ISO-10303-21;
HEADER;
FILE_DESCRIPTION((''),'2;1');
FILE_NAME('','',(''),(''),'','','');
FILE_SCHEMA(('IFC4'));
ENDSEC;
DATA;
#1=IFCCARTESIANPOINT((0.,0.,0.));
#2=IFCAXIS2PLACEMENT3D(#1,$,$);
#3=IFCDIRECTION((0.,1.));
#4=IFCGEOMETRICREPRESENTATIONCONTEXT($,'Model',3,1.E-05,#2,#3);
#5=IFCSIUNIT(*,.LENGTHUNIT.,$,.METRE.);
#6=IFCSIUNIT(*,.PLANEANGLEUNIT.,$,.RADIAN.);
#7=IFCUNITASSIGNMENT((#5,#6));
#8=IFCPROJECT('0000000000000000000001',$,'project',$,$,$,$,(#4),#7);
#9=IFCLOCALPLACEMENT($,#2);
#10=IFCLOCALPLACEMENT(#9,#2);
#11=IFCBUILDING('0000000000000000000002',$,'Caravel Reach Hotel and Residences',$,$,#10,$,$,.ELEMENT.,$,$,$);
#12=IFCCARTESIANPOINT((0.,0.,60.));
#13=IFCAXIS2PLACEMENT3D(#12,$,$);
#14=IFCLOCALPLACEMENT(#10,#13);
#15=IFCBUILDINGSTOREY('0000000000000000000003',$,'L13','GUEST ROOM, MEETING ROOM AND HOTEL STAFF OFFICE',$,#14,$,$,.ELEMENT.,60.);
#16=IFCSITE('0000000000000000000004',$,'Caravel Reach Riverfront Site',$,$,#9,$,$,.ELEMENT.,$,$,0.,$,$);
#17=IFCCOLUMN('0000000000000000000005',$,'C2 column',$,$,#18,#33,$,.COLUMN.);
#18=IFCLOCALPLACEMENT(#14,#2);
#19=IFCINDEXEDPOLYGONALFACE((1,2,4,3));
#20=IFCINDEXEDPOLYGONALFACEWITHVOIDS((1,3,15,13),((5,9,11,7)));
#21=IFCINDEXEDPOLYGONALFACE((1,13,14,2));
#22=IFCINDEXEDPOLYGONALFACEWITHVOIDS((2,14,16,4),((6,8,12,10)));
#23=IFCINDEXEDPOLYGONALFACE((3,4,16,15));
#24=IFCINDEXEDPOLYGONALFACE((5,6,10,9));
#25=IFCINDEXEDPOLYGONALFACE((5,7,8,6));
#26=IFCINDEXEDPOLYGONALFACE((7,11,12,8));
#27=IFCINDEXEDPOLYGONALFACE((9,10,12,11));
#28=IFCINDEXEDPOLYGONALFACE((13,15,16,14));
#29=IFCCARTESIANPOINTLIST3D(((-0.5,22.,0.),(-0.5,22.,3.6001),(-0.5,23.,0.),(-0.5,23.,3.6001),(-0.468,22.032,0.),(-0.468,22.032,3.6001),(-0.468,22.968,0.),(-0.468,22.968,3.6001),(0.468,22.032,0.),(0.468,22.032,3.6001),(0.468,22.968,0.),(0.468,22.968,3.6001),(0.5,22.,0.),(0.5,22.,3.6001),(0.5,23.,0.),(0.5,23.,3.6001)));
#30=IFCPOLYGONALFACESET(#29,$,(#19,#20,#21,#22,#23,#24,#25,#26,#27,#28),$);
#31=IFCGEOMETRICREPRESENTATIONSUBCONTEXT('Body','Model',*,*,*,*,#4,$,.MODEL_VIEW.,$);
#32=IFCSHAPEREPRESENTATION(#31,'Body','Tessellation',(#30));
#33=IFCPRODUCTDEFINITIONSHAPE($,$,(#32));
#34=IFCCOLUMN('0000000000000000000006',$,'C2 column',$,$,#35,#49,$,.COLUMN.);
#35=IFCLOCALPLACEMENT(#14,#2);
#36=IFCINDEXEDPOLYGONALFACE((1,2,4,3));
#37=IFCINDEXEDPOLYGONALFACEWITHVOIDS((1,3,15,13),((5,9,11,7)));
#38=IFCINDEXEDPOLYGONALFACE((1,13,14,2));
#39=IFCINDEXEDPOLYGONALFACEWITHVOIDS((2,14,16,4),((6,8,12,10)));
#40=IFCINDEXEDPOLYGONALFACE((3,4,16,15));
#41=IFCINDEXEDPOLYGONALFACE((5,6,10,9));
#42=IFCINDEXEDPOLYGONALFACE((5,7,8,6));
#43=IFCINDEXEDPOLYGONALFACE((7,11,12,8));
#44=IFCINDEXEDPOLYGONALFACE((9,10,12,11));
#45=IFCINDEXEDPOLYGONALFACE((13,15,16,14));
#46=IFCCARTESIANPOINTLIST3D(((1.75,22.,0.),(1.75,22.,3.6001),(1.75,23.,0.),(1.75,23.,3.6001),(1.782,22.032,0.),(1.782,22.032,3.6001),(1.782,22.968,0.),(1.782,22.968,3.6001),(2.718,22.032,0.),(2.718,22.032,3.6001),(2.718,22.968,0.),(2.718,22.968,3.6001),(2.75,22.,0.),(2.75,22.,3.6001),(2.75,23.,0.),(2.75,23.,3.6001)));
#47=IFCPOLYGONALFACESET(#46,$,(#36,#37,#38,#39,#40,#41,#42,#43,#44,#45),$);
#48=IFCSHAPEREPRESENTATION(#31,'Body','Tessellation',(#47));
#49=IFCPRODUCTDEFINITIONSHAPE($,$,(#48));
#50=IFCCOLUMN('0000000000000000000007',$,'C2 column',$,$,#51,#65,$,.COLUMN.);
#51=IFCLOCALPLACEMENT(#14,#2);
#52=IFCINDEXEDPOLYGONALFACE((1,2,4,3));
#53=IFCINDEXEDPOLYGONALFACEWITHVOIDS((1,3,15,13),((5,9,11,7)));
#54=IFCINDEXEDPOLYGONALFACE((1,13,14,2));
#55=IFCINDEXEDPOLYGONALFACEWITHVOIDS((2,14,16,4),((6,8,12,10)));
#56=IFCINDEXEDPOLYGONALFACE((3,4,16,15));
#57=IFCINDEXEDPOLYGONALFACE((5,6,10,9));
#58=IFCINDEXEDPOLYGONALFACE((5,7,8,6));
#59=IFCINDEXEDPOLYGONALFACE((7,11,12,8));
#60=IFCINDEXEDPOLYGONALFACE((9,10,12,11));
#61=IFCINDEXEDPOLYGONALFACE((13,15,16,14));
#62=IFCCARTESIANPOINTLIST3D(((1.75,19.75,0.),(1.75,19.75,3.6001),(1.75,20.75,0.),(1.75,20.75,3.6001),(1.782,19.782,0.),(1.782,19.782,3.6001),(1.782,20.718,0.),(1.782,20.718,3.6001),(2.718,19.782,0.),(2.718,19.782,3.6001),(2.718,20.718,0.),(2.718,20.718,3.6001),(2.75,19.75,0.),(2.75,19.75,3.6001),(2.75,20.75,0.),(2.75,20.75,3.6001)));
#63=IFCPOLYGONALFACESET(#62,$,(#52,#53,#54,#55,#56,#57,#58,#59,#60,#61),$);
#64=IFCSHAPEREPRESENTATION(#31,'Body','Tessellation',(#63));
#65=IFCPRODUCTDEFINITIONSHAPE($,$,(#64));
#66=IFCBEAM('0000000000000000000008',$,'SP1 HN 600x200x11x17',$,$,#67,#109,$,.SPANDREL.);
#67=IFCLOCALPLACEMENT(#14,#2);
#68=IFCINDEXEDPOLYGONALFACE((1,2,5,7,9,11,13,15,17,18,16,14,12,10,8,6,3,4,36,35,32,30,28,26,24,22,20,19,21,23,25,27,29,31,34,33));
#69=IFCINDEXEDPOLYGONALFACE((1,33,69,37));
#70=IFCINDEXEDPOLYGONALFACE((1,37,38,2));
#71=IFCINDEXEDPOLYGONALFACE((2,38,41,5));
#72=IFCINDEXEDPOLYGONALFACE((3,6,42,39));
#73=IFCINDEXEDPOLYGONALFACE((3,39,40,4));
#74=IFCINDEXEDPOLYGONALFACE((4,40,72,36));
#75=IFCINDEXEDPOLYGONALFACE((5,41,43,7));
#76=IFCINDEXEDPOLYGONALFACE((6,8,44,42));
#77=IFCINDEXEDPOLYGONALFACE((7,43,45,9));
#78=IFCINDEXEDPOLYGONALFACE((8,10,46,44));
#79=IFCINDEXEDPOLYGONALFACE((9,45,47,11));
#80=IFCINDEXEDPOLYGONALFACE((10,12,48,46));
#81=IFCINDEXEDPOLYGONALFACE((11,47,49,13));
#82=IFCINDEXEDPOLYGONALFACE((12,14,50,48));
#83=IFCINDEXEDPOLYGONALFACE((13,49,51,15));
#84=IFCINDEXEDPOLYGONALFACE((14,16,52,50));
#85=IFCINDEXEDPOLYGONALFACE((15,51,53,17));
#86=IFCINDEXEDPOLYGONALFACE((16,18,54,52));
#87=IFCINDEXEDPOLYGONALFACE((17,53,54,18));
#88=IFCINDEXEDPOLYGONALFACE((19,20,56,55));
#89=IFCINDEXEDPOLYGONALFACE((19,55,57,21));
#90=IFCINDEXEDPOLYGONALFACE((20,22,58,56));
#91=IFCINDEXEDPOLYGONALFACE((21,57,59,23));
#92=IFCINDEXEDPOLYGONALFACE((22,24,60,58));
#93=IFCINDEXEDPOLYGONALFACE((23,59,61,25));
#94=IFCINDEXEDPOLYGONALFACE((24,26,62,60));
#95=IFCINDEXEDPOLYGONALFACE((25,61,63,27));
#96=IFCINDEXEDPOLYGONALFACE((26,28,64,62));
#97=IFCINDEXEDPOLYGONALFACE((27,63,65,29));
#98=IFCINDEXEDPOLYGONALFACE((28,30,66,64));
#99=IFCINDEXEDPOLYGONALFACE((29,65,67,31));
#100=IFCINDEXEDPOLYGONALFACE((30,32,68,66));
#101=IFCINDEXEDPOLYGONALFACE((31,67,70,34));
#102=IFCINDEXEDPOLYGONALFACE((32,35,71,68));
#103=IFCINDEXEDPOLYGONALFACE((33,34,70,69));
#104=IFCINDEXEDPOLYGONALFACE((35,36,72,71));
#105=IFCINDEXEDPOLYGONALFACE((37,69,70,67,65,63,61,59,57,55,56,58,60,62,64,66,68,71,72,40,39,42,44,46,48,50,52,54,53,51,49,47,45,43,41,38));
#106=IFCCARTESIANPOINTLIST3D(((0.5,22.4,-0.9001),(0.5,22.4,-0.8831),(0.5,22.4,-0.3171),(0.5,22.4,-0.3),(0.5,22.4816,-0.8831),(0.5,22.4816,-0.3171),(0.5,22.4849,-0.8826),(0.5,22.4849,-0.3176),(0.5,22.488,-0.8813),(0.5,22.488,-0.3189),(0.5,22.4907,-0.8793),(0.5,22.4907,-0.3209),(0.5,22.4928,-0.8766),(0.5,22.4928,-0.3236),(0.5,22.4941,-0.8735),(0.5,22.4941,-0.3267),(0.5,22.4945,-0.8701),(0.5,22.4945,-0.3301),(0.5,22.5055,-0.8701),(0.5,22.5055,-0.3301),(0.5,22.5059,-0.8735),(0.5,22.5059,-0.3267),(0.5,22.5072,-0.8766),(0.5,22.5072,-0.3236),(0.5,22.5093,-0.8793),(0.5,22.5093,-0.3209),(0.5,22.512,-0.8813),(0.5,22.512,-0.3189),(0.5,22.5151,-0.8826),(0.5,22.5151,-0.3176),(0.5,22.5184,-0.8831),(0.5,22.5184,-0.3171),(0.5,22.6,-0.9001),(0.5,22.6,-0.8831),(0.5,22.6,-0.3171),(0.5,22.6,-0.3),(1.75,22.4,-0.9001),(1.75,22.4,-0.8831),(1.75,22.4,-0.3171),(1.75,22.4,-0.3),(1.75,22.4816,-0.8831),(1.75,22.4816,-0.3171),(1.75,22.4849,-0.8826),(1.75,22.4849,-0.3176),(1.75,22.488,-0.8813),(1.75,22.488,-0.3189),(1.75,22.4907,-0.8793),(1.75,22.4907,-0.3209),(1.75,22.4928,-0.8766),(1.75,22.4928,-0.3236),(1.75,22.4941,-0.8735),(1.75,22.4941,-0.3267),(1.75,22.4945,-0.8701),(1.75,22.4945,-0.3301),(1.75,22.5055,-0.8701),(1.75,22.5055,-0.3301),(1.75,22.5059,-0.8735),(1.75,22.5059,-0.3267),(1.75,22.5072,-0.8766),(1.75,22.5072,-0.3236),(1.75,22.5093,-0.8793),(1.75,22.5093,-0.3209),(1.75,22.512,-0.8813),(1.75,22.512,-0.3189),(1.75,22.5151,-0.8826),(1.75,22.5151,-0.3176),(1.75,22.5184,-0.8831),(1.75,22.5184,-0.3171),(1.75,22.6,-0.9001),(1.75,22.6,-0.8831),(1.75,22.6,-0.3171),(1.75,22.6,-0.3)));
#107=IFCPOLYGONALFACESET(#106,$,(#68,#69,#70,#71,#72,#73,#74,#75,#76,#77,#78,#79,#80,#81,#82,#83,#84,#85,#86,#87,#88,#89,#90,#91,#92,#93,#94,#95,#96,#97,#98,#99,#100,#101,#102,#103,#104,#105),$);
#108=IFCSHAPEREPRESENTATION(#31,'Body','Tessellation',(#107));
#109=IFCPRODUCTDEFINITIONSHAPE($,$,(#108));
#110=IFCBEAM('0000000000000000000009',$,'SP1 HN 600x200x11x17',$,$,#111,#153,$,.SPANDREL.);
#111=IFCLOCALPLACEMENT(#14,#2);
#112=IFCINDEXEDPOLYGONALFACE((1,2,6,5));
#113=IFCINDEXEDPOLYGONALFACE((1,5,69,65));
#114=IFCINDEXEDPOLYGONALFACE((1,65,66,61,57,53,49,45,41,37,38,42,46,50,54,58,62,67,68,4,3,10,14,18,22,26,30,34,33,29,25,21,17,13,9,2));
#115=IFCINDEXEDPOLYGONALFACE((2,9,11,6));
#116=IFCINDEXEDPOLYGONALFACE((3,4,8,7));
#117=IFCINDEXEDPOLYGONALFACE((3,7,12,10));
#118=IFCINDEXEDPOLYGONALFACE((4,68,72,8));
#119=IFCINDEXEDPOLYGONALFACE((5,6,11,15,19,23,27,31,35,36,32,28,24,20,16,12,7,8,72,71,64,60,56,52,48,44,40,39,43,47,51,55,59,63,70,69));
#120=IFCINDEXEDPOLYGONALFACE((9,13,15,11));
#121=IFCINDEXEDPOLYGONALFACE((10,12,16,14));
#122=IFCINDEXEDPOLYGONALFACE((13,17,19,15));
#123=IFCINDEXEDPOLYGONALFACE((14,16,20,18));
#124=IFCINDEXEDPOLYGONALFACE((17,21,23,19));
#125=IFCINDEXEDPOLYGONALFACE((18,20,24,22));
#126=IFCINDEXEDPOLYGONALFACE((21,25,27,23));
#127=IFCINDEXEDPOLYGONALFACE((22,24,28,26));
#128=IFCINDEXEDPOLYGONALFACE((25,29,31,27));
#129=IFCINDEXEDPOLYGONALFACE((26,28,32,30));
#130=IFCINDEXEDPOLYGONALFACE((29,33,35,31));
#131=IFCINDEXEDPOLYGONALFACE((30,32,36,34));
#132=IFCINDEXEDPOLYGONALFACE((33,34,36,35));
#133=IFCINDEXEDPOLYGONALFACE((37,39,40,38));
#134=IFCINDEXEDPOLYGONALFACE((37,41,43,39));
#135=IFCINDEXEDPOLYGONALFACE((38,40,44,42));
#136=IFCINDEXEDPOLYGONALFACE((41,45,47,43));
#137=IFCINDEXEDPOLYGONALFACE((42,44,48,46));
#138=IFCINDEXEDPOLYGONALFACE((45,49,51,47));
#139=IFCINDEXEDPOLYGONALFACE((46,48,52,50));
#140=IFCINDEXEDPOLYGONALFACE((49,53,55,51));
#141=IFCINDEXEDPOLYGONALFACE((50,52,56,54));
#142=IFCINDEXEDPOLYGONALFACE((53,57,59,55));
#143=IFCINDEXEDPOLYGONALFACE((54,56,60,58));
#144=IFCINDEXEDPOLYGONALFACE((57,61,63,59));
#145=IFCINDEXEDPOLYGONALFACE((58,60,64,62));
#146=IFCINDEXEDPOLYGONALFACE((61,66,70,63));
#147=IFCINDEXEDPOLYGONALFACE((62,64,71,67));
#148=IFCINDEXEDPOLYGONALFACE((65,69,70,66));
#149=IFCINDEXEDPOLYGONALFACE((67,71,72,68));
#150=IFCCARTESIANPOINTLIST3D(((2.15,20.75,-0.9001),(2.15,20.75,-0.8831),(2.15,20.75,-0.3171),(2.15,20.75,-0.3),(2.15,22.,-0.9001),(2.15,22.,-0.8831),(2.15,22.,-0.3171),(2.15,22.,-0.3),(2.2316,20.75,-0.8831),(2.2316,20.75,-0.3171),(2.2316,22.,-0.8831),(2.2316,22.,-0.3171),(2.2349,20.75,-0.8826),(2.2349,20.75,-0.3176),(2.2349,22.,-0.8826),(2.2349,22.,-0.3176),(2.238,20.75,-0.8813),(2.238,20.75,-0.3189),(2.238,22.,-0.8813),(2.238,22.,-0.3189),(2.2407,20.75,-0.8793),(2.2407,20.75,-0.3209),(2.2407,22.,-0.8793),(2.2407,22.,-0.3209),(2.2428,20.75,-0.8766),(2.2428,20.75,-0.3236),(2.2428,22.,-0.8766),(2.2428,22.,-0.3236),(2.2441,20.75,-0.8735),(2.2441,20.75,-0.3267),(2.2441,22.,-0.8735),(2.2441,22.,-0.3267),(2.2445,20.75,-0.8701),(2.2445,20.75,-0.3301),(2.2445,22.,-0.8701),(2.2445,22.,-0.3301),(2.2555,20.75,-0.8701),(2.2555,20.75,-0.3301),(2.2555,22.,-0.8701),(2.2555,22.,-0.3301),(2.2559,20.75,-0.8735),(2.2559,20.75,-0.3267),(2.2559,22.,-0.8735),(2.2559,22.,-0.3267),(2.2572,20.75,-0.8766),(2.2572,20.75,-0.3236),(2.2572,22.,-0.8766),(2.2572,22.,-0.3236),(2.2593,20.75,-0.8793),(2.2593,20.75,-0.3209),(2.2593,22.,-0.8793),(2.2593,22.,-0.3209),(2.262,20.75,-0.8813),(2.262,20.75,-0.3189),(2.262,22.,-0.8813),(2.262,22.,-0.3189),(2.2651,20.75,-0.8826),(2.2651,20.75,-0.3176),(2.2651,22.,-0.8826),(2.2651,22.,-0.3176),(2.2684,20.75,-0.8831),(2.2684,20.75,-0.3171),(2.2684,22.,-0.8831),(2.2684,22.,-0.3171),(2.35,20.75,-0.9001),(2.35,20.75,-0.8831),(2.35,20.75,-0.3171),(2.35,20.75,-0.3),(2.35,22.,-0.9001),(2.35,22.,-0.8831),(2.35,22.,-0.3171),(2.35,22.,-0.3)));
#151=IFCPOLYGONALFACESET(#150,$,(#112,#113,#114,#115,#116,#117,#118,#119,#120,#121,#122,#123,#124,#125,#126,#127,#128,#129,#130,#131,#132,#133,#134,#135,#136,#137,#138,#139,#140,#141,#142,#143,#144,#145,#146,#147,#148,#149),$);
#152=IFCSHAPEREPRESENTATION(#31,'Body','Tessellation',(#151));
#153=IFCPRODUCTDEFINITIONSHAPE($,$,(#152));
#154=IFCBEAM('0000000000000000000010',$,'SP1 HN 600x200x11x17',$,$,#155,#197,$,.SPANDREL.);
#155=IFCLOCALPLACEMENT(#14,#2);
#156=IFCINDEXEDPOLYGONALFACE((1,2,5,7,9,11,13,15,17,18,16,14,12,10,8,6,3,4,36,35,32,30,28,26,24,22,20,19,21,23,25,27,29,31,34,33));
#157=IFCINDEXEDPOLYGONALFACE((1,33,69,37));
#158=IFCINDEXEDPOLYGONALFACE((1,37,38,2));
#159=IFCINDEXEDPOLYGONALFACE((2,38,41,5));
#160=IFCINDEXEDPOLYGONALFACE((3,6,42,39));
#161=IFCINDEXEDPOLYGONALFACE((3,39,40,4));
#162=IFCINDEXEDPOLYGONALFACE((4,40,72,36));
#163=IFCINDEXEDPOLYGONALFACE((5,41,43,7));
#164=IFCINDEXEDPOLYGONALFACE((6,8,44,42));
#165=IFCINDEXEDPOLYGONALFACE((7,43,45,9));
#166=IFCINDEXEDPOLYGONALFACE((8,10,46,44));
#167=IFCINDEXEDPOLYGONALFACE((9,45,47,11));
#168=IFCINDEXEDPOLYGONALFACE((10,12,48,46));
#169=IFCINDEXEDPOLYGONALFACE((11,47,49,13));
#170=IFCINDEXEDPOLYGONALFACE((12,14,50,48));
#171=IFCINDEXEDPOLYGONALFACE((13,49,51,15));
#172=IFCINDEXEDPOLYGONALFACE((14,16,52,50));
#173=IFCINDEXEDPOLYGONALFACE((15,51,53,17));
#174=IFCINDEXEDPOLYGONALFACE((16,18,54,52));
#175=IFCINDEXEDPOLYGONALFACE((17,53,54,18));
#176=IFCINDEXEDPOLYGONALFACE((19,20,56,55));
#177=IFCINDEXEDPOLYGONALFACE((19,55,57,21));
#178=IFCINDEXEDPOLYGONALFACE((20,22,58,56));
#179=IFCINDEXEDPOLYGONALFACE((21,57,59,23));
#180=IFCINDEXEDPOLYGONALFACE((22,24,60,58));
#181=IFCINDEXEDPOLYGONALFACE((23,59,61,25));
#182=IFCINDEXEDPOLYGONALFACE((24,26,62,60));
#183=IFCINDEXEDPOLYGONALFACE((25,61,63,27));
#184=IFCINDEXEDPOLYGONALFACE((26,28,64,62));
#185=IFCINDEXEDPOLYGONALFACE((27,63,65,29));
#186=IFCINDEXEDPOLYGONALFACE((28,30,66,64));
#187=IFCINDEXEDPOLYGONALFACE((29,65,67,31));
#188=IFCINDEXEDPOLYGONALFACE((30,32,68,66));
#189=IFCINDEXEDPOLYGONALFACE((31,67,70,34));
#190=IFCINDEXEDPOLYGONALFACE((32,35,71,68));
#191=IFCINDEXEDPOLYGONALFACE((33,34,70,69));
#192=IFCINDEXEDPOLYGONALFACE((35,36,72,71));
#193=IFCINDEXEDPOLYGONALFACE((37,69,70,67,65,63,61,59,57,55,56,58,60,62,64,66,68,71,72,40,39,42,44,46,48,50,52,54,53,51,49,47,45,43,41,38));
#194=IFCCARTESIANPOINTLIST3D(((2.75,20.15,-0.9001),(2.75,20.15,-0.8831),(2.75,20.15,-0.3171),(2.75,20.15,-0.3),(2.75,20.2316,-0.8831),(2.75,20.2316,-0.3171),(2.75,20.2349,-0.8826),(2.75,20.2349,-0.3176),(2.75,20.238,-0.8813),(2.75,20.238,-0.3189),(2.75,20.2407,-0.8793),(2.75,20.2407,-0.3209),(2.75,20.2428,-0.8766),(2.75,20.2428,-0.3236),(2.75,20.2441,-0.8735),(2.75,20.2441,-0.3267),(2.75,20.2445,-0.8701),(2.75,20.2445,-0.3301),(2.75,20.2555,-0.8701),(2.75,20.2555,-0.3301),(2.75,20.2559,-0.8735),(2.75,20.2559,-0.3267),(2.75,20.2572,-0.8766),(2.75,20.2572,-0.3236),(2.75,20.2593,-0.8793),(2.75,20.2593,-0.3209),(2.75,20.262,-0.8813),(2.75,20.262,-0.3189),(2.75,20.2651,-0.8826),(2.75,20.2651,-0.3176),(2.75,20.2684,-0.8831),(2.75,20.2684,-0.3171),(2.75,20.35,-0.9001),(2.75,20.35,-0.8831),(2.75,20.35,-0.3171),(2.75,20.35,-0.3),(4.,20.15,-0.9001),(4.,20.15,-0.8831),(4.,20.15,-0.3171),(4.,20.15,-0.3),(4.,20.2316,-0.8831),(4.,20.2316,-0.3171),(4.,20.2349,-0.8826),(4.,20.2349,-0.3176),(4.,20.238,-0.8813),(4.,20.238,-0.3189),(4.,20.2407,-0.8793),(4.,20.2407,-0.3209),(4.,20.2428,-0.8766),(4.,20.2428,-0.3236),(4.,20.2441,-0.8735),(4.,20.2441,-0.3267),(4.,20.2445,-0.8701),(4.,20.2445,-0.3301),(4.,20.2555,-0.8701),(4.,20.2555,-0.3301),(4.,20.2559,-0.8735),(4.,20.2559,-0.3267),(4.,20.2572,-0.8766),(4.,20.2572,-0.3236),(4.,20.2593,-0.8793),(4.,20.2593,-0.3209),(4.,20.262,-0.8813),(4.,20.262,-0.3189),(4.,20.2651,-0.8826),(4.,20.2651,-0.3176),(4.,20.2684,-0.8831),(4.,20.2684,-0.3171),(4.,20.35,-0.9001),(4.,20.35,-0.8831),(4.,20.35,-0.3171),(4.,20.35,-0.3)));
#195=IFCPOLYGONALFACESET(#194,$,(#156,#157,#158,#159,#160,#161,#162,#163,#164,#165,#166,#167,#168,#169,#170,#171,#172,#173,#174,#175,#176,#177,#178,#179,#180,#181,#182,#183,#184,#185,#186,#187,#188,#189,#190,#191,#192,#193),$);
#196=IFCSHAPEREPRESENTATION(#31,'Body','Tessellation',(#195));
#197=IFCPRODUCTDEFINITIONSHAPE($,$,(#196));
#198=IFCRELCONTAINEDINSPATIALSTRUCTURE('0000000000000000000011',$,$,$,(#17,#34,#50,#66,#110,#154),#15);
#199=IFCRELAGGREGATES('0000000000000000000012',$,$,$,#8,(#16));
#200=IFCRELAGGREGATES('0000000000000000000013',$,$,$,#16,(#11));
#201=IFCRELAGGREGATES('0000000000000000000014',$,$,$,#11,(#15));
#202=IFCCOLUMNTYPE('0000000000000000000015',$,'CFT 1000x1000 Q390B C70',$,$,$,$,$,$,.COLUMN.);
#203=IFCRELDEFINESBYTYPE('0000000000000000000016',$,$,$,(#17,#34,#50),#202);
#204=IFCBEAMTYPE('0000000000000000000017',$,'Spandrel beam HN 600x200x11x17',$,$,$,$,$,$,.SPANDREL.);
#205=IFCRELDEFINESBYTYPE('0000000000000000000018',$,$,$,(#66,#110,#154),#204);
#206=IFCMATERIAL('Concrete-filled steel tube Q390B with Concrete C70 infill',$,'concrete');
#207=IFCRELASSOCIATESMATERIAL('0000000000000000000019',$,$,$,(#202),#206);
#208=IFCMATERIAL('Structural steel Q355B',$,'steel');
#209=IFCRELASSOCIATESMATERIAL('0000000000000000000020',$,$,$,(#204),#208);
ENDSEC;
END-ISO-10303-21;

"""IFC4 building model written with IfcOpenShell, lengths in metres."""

from ifc_helpers import new_model, si_unit, direction, frame, origin, origin_2d, place, context, subcontext, project, spatial, hollow_rectangle, i_section, extrude, material, material_profile, profile_set, type_object, element, save


model = new_model("IFC4")

# Units and contexts
model_context = context("Model", 3, precision=1e-05, world=origin(), true_north=direction((0.0, 1.0)))
body_context = subcontext(model_context, "Body", "Model", "MODEL_VIEW")
ifc_project = project(units=[si_unit("LENGTHUNIT", "METRE"), si_unit("PLANEANGLEUNIT", "RADIAN")], contexts=[model_context])

# Site, building, storey
site_placement = place(None, origin())
site = spatial("IfcSite", under=ifc_project, at=site_placement, Name="Caravel Reach Riverfront Site", CompositionType="ELEMENT", RefElevation=0.0)
building_placement = place(site_placement, origin())
building = spatial("IfcBuilding", under=site, at=building_placement, Name="Caravel Reach Hotel and Residences", CompositionType="ELEMENT")
storey_placement = place(building_placement, frame((0.0, 0.0, 60.0)))
storey = spatial("IfcBuildingStorey", under=building, at=storey_placement, Name="L13", Description="GUEST ROOM, MEETING ROOM AND HOTEL STAFF OFFICE", CompositionType="ELEMENT", Elevation=60.0)

# Columns
ifc_material_1 = material(Name="Concrete-filled steel tube Q390B with Concrete C70 infill", Category="concrete")
ifc_material_profile_1 = material_profile(ifc_material_1, hollow_rectangle(XDim=1.0, YDim=1.0, WallThickness=0.032, at=origin_2d()), Name="RHS 1000x1000x32")
ifc_profile_set_1 = profile_set([ifc_material_profile_1], Name="Concrete-filled steel tube Q390B with Concrete C70 infill")
column_type = type_object("IfcColumnType", Name="CFT 1000x1000 Q390B C70", PredefinedType="COLUMN", material=ifc_profile_set_1)
for number, where, z_axis, x_axis, name in (
    (1, (0.0, 22.5, 0.0), (0.0, 0.0, 1.0), (1.0, 0.0, 0.0), "C2 column"),
    (2, (2.25, 22.5, 0.0), (0.0, 0.0, 1.0), (1.0, 0.0, 0.0), "C2 column"),
    (3, (2.25, 20.25, 0.0), (0.0, 0.0, 1.0), (1.0, 0.0, 0.0), "C2 column"),
):
    element("IfcColumn", number, at=place(storey_placement, frame(where, z_axis=z_axis, x_axis=x_axis)), inside=storey, type_object=column_type, Name=name, PredefinedType="COLUMN", context=body_context, shape_type="SweptSolid", body=[
        extrude(hollow_rectangle(XDim=1.0, YDim=1.0, WallThickness=0.032, at=origin_2d()), origin(), (0.0, 0.0, 1.0), 3.6001),
    ])

# Beams
ifc_material_2 = material(Name="Structural steel Q355B", Category="steel")
ifc_material_profile_2 = material_profile(ifc_material_2, i_section(OverallWidth=0.2, OverallDepth=0.6001, WebThickness=0.011, FlangeThickness=0.0171, FilletRadius=0.0129, at=origin_2d()), Name="HN 600x200x11x17")
ifc_profile_set_2 = profile_set([ifc_material_profile_2], Name="Structural steel Q355B")
beam_type = type_object("IfcBeamType", Name="Spandrel beam HN 600x200x11x17", PredefinedType="SPANDREL", material=ifc_profile_set_2)
for number, where, z_axis, x_axis, name in (
    (4, (0.5, 22.5, -0.6001), (1.0, 0.0, 0.0), (0.0, 1.0, 0.0), "SP1 HN 600x200x11x17"),
    (5, (2.25, 22.0, -0.6001), (0.0, -1.0, 0.0), (1.0, 0.0, 0.0), "SP1 HN 600x200x11x17"),
    (6, (2.75, 20.25, -0.6001), (1.0, 0.0, 0.0), (0.0, 1.0, 0.0), "SP1 HN 600x200x11x17"),
):
    element("IfcBeam", number, at=place(storey_placement, frame(where, z_axis=z_axis, x_axis=x_axis)), inside=storey, type_object=beam_type, Name=name, PredefinedType="SPANDREL", context=body_context, shape_type="SweptSolid", body=[
        extrude(i_section(OverallWidth=0.2, OverallDepth=0.6001, WebThickness=0.011, FlangeThickness=0.0171, FilletRadius=0.0129, at=origin_2d()), origin(), (0.0, 0.0, 1.0), 1.25),
    ])

save(model, "model.ifc")
